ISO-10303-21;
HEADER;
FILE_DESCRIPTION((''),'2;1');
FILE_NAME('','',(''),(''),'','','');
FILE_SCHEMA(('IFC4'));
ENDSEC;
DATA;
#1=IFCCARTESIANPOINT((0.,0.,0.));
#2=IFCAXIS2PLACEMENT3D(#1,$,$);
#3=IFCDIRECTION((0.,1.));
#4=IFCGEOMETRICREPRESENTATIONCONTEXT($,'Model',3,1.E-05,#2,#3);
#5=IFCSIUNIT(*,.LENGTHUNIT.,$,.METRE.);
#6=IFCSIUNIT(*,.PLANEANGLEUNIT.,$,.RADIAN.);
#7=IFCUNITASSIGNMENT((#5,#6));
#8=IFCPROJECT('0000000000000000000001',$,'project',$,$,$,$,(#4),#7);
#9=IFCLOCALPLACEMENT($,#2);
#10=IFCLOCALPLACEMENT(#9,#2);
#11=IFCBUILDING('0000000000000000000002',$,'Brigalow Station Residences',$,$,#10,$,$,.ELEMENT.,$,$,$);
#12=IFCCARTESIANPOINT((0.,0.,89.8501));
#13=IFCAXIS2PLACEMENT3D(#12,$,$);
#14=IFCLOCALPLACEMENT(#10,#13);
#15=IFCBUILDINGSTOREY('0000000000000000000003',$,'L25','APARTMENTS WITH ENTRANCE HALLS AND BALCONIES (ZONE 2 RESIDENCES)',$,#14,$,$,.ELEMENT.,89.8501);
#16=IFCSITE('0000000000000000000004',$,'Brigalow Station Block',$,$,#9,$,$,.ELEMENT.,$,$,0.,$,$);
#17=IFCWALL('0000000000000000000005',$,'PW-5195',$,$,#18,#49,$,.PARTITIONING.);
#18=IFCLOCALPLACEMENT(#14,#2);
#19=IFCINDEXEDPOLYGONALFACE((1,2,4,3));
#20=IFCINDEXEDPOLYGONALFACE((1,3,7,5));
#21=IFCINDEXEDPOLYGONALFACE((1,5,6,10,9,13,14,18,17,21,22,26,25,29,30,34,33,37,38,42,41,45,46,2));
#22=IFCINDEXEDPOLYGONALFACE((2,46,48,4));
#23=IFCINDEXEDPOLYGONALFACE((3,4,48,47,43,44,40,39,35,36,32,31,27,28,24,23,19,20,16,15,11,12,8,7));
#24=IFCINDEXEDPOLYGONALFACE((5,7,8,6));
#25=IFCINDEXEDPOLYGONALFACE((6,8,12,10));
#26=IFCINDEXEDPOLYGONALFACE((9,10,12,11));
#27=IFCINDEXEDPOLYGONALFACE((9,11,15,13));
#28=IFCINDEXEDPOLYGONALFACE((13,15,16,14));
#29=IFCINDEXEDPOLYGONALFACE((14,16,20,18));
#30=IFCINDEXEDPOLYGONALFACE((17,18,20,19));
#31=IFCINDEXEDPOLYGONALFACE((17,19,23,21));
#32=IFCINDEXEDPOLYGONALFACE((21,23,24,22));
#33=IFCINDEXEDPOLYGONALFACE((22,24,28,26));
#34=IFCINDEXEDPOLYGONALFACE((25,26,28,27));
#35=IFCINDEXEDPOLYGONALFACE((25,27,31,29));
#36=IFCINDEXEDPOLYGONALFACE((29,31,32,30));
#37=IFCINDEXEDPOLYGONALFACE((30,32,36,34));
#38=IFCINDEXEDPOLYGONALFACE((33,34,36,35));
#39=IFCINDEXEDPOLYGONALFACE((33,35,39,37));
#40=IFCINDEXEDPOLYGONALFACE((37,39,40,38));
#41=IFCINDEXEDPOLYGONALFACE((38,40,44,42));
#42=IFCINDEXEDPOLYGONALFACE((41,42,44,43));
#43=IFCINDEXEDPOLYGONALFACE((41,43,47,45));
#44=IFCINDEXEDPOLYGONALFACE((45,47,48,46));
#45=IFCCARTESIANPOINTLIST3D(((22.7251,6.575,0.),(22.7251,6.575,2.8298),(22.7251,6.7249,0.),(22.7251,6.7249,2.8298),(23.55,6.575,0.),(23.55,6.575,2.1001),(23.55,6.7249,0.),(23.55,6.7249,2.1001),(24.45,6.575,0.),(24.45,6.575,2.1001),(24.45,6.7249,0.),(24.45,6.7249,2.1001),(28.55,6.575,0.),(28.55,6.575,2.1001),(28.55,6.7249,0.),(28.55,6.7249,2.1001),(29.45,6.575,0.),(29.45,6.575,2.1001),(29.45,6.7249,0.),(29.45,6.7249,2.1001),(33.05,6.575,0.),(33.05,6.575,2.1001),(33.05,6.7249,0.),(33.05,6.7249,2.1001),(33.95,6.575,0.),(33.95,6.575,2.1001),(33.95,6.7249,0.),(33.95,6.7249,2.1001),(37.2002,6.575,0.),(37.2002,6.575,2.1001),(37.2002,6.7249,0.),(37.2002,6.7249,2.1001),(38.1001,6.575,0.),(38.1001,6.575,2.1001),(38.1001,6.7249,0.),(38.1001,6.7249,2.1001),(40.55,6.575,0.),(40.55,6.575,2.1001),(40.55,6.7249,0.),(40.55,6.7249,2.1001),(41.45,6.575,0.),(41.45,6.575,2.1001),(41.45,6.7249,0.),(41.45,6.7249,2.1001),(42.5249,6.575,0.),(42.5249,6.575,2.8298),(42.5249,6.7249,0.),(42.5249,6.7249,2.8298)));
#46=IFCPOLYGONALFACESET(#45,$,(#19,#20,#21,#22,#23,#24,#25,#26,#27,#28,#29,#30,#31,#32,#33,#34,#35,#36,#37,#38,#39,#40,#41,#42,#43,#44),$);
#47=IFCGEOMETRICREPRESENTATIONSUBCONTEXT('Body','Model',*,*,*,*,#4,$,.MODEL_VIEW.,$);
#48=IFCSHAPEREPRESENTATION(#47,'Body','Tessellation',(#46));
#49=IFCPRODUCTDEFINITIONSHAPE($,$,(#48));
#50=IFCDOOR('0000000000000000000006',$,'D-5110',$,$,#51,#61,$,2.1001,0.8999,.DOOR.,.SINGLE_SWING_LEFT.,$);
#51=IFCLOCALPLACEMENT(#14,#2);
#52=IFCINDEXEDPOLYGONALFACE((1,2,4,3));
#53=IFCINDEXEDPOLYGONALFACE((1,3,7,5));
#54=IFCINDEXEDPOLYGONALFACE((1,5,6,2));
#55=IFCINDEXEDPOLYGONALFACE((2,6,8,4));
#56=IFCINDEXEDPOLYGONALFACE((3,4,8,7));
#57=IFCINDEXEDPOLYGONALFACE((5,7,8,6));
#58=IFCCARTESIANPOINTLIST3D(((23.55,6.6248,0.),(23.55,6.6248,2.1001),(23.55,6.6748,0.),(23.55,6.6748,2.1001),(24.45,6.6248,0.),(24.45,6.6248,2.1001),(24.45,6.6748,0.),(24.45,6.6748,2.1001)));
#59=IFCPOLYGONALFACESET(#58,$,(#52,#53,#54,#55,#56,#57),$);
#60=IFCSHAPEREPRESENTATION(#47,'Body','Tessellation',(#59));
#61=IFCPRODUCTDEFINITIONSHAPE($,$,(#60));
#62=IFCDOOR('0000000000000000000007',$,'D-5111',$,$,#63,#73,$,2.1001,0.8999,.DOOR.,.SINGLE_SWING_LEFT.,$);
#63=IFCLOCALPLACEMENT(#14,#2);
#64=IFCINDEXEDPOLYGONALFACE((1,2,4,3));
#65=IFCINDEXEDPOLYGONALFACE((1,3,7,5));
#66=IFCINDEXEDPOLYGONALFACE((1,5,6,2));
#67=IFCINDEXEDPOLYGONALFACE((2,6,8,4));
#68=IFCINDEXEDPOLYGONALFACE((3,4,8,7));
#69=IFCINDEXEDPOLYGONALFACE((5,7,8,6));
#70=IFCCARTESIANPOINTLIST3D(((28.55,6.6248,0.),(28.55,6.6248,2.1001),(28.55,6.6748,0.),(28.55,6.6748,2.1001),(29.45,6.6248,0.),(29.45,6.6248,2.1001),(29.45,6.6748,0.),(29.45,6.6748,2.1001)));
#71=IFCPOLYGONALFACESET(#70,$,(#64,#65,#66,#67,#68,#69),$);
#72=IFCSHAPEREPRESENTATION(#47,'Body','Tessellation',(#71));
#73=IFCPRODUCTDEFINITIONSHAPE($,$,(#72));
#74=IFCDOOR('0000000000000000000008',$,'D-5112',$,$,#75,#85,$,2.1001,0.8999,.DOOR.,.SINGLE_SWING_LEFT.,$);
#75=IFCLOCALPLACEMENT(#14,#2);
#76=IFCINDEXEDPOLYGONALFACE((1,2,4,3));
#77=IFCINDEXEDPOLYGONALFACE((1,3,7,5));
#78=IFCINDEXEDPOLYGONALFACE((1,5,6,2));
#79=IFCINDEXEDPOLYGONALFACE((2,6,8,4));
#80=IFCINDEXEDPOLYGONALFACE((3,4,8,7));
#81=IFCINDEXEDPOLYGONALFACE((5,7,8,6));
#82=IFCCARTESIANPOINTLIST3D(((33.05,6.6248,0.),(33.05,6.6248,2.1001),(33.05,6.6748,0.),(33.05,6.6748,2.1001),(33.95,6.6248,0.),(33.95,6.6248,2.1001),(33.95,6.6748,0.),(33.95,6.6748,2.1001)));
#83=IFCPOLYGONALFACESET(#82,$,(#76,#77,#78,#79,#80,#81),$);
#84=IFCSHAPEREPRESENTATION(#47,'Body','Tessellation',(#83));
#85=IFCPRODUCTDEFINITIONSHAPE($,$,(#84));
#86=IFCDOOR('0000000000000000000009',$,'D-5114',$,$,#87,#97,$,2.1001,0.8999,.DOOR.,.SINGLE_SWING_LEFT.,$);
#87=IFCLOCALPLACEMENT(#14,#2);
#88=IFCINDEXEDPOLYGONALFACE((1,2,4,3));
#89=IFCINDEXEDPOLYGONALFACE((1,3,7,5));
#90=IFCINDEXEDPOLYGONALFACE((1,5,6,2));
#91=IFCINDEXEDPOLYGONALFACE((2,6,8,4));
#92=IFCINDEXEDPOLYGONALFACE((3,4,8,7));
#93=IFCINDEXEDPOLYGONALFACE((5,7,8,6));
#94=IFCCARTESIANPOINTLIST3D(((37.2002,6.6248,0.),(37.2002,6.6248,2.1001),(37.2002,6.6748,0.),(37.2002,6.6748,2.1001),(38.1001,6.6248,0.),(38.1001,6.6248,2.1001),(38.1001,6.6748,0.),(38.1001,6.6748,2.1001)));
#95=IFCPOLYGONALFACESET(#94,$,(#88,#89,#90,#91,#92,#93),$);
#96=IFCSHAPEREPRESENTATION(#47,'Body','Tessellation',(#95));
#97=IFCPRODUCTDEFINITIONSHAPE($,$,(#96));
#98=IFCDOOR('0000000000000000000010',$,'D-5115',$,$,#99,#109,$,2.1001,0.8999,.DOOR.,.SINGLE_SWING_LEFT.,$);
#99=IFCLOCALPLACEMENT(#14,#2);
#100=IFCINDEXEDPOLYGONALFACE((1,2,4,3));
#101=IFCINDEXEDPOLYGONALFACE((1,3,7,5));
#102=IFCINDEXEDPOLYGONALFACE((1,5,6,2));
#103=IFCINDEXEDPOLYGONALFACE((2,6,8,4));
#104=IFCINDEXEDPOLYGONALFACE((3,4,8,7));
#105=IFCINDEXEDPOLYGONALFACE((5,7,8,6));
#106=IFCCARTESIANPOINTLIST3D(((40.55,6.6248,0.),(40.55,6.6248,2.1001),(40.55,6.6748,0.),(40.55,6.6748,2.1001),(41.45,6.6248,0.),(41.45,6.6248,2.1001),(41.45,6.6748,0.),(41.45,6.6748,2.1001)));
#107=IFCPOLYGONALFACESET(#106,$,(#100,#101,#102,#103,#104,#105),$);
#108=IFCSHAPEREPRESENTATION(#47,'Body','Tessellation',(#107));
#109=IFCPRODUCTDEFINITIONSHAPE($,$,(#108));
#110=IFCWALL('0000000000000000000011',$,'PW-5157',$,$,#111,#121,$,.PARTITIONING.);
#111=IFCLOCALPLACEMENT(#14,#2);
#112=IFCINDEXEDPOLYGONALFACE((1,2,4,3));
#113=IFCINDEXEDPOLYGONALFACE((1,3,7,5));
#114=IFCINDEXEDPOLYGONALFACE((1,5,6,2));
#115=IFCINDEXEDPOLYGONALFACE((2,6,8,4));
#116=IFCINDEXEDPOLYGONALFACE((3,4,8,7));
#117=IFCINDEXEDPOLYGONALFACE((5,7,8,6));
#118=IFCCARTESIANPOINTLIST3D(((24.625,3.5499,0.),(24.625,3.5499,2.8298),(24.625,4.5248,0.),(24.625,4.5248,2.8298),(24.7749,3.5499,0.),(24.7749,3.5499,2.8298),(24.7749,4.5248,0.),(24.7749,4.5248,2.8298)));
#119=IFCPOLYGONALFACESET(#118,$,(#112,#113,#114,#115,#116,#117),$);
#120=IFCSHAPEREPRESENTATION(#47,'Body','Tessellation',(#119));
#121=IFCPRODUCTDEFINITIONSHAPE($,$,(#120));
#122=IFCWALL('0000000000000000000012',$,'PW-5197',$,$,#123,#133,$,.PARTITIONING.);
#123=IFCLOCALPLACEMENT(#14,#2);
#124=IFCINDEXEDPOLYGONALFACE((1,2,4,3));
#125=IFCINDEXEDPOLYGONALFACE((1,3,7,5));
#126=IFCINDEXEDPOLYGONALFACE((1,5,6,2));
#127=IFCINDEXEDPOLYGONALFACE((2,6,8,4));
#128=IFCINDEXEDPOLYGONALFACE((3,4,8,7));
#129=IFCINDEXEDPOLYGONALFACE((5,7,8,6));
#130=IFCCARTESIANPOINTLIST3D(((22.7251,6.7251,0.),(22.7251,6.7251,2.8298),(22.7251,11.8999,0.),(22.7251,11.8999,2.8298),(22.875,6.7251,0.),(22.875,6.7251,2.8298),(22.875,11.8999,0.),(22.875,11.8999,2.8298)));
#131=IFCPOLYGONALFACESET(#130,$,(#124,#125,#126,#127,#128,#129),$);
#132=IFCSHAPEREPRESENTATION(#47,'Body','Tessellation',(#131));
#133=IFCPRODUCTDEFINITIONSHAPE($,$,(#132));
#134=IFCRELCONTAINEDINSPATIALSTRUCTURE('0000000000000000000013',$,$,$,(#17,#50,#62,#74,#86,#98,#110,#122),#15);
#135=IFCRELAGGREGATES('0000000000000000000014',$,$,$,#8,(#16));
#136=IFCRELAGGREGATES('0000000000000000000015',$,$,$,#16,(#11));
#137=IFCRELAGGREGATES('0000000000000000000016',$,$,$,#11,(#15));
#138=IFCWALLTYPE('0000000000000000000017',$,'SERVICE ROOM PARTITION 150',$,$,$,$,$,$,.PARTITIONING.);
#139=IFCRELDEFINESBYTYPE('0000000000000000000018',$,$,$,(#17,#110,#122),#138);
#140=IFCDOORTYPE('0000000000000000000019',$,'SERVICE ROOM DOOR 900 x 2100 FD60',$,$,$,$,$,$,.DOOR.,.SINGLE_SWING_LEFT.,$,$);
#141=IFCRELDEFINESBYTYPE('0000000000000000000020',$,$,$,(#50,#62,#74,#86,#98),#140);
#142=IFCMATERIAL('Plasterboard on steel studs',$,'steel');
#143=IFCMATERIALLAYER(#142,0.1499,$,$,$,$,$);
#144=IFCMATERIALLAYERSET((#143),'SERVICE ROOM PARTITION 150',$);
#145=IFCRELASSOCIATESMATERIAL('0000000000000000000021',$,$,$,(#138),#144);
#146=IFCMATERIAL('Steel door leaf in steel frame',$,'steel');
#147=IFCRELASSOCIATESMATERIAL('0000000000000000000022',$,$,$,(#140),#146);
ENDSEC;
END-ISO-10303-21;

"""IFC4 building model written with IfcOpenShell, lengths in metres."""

from ifc_helpers import new_model, si_unit, direction, frame, frame_2d, origin, place, context, subcontext, project, spatial, rectangle, extrude, material, layer, layer_set, type_object, element, fill, save


model = new_model("IFC4")

# Units and contexts
model_context = context("Model", 3, precision=1e-05, world=origin(), true_north=direction((0.0, 1.0)))
body_context = subcontext(model_context, "Body", "Model", "MODEL_VIEW")
ifc_project = project(units=[si_unit("LENGTHUNIT", "METRE"), si_unit("PLANEANGLEUNIT", "RADIAN")], contexts=[model_context])

# Site, building, storey
site_placement = place(None, origin())
site = spatial("IfcSite", under=ifc_project, at=site_placement, Name="Brigalow Station Block", CompositionType="ELEMENT", RefElevation=0.0)
building_placement = place(site_placement, origin())
building = spatial("IfcBuilding", under=site, at=building_placement, Name="Brigalow Station Residences", CompositionType="ELEMENT")
storey_placement = place(building_placement, frame((0.0, 0.0, 89.8501)))
storey = spatial("IfcBuildingStorey", under=building, at=storey_placement, Name="L25", Description="APARTMENTS WITH ENTRANCE HALLS AND BALCONIES (ZONE 2 RESIDENCES)", CompositionType="ELEMENT", Elevation=89.8501)

# Shared definitions
ifc_material_1 = material(Name="Plasterboard on steel studs", Category="steel")
ifc_layer_1 = layer(ifc_material_1, 0.1499)
ifc_layer_set_1 = layer_set([ifc_layer_1], Name="SERVICE ROOM PARTITION 150")
wall_type_1 = type_object("IfcWallType", Name="SERVICE ROOM PARTITION 150", PredefinedType="PARTITIONING", material=ifc_layer_set_1)
ifc_material_2 = material(Name="Steel door leaf in steel frame", Category="steel")
door_type_1 = type_object("IfcDoorType", Name="SERVICE ROOM DOOR 900 x 2100 FD60", OperationType="SINGLE_SWING_LEFT", PredefinedType="DOOR", material=ifc_material_2)

# Wall, openings, doors
wall_1_placement = place(storey_placement, frame((22.7251, 6.6499, 0.0), z_axis=(0.0, 0.0, 1.0), x_axis=(1.0, 0.0, 0.0)))
wall_1 = element("IfcWall", 1, at=wall_1_placement, inside=storey, type_object=wall_type_1, Name="PW-5195", PredefinedType="PARTITIONING", context=body_context, shape_type="SweptSolid", body=[
    extrude(rectangle(XDim=19.7998, YDim=0.1499, at=frame_2d((9.8999, 0.0))), origin(), (0.0, 0.0, 1.0), 2.8298),
])
opening_1_placement = place(wall_1_placement, frame((0.825, 0.0, 0.0)))
opening_1 = element("IfcOpeningElement", 2, at=opening_1_placement, cuts=wall_1, PredefinedType="OPENING", context=body_context, shape_type="SweptSolid", body=[
    extrude(rectangle(XDim=0.8999, YDim=2.1001, at=frame_2d((0.45, 1.05))), frame((0.0, 0.085, 0.0), z_axis=(0.0, -1.0, 0.0), x_axis=(1.0, 0.0, 0.0)), (0.0, 0.0, 1.0), 0.1699),
])
opening_2_placement = place(wall_1_placement, frame((5.825, 0.0, 0.0)))
opening_2 = element("IfcOpeningElement", 3, at=opening_2_placement, cuts=wall_1, PredefinedType="OPENING", context=body_context, shape_type="SweptSolid", body=[
    extrude(rectangle(XDim=0.8999, YDim=2.1001, at=frame_2d((0.45, 1.05))), frame((0.0, 0.085, 0.0), z_axis=(0.0, -1.0, 0.0), x_axis=(1.0, 0.0, 0.0)), (0.0, 0.0, 1.0), 0.1699),
])
opening_3_placement = place(wall_1_placement, frame((10.325, 0.0, 0.0)))
opening_3 = element("IfcOpeningElement", 4, at=opening_3_placement, cuts=wall_1, PredefinedType="OPENING", context=body_context, shape_type="SweptSolid", body=[
    extrude(rectangle(XDim=0.8999, YDim=2.1001, at=frame_2d((0.45, 1.05))), frame((0.0, 0.085, 0.0), z_axis=(0.0, -1.0, 0.0), x_axis=(1.0, 0.0, 0.0)), (0.0, 0.0, 1.0), 0.1699),
])
opening_4_placement = place(wall_1_placement, frame((14.4751, 0.0, 0.0)))
opening_4 = element("IfcOpeningElement", 5, at=opening_4_placement, cuts=wall_1, PredefinedType="OPENING", context=body_context, shape_type="SweptSolid", body=[
    extrude(rectangle(XDim=0.8999, YDim=2.1001, at=frame_2d((0.45, 1.05))), frame((0.0, 0.085, 0.0), z_axis=(0.0, -1.0, 0.0), x_axis=(1.0, 0.0, 0.0)), (0.0, 0.0, 1.0), 0.1699),
])
opening_5_placement = place(wall_1_placement, frame((17.825, 0.0, 0.0)))
opening_5 = element("IfcOpeningElement", 6, at=opening_5_placement, cuts=wall_1, PredefinedType="OPENING", context=body_context, shape_type="SweptSolid", body=[
    extrude(rectangle(XDim=0.8999, YDim=2.1001, at=frame_2d((0.45, 1.05))), frame((0.0, 0.085, 0.0), z_axis=(0.0, -1.0, 0.0), x_axis=(1.0, 0.0, 0.0)), (0.0, 0.0, 1.0), 0.1699),
])
door_1_placement = place(opening_1_placement, origin())
door_1 = element("IfcDoor", 7, at=door_1_placement, inside=storey, type_object=door_type_1, Name="D-5110", OperationType="SINGLE_SWING_LEFT", OverallHeight=2.1001, OverallWidth=0.8999, PredefinedType="DOOR", context=body_context, shape_type="SweptSolid", body=[
    extrude(rectangle(XDim=0.8999, YDim=2.1001, at=frame_2d((0.45, 1.05))), frame((0.0, 0.0249, 0.0), z_axis=(0.0, -1.0, 0.0), x_axis=(1.0, 0.0, 0.0)), (0.0, 0.0, 1.0), 0.05),
])
fill(opening_1, door_1)
door_2_placement = place(opening_2_placement, origin())
door_2 = element("IfcDoor", 8, at=door_2_placement, inside=storey, type_object=door_type_1, Name="D-5111", OperationType="SINGLE_SWING_LEFT", OverallHeight=2.1001, OverallWidth=0.8999, PredefinedType="DOOR", context=body_context, shape_type="SweptSolid", body=[
    extrude(rectangle(XDim=0.8999, YDim=2.1001, at=frame_2d((0.45, 1.05))), frame((0.0, 0.0249, 0.0), z_axis=(0.0, -1.0, 0.0), x_axis=(1.0, 0.0, 0.0)), (0.0, 0.0, 1.0), 0.05),
])
fill(opening_2, door_2)
door_3_placement = place(opening_3_placement, origin())
door_3 = element("IfcDoor", 9, at=door_3_placement, inside=storey, type_object=door_type_1, Name="D-5112", OperationType="SINGLE_SWING_LEFT", OverallHeight=2.1001, OverallWidth=0.8999, PredefinedType="DOOR", context=body_context, shape_type="SweptSolid", body=[
    extrude(rectangle(XDim=0.8999, YDim=2.1001, at=frame_2d((0.45, 1.05))), frame((0.0, 0.0249, 0.0), z_axis=(0.0, -1.0, 0.0), x_axis=(1.0, 0.0, 0.0)), (0.0, 0.0, 1.0), 0.05),
])
fill(opening_3, door_3)
door_4_placement = place(opening_4_placement, origin())
door_4 = element("IfcDoor", 10, at=door_4_placement, inside=storey, type_object=door_type_1, Name="D-5114", OperationType="SINGLE_SWING_LEFT", OverallHeight=2.1001, OverallWidth=0.8999, PredefinedType="DOOR", context=body_context, shape_type="SweptSolid", body=[
    extrude(rectangle(XDim=0.8999, YDim=2.1001, at=frame_2d((0.45, 1.05))), frame((0.0, 0.0249, 0.0), z_axis=(0.0, -1.0, 0.0), x_axis=(1.0, 0.0, 0.0)), (0.0, 0.0, 1.0), 0.05),
])
fill(opening_4, door_4)
door_5_placement = place(opening_5_placement, origin())
door_5 = element("IfcDoor", 11, at=door_5_placement, inside=storey, type_object=door_type_1, Name="D-5115", OperationType="SINGLE_SWING_LEFT", OverallHeight=2.1001, OverallWidth=0.8999, PredefinedType="DOOR", context=body_context, shape_type="SweptSolid", body=[
    extrude(rectangle(XDim=0.8999, YDim=2.1001, at=frame_2d((0.45, 1.05))), frame((0.0, 0.0249, 0.0), z_axis=(0.0, -1.0, 0.0), x_axis=(1.0, 0.0, 0.0)), (0.0, 0.0, 1.0), 0.05),
])
fill(opening_5, door_5)

# Walls
wall_2_placement = place(storey_placement, frame((24.7, 3.55, 0.0), z_axis=(0.0, 0.0, 1.0), x_axis=(0.0, 1.0, 0.0)))
element("IfcWall", 12, at=wall_2_placement, inside=storey, type_object=wall_type_1, Name="PW-5157", PredefinedType="PARTITIONING", context=body_context, shape_type="SweptSolid", body=[
    extrude(rectangle(XDim=0.9749, YDim=0.1499, at=frame_2d((0.4873, 0.0))), origin(), (0.0, 0.0, 1.0), 2.8298),
])
wall_3_placement = place(storey_placement, frame((22.8, 6.7251, 0.0), z_axis=(0.0, 0.0, 1.0), x_axis=(0.0, 1.0, 0.0)))
element("IfcWall", 13, at=wall_3_placement, inside=storey, type_object=wall_type_1, Name="PW-5197", PredefinedType="PARTITIONING", context=body_context, shape_type="SweptSolid", body=[
    extrude(rectangle(XDim=5.1748, YDim=0.1499, at=frame_2d((2.5874, 0.0))), origin(), (0.0, 0.0, 1.0), 2.8298),
])

save(model, "model.ifc")
